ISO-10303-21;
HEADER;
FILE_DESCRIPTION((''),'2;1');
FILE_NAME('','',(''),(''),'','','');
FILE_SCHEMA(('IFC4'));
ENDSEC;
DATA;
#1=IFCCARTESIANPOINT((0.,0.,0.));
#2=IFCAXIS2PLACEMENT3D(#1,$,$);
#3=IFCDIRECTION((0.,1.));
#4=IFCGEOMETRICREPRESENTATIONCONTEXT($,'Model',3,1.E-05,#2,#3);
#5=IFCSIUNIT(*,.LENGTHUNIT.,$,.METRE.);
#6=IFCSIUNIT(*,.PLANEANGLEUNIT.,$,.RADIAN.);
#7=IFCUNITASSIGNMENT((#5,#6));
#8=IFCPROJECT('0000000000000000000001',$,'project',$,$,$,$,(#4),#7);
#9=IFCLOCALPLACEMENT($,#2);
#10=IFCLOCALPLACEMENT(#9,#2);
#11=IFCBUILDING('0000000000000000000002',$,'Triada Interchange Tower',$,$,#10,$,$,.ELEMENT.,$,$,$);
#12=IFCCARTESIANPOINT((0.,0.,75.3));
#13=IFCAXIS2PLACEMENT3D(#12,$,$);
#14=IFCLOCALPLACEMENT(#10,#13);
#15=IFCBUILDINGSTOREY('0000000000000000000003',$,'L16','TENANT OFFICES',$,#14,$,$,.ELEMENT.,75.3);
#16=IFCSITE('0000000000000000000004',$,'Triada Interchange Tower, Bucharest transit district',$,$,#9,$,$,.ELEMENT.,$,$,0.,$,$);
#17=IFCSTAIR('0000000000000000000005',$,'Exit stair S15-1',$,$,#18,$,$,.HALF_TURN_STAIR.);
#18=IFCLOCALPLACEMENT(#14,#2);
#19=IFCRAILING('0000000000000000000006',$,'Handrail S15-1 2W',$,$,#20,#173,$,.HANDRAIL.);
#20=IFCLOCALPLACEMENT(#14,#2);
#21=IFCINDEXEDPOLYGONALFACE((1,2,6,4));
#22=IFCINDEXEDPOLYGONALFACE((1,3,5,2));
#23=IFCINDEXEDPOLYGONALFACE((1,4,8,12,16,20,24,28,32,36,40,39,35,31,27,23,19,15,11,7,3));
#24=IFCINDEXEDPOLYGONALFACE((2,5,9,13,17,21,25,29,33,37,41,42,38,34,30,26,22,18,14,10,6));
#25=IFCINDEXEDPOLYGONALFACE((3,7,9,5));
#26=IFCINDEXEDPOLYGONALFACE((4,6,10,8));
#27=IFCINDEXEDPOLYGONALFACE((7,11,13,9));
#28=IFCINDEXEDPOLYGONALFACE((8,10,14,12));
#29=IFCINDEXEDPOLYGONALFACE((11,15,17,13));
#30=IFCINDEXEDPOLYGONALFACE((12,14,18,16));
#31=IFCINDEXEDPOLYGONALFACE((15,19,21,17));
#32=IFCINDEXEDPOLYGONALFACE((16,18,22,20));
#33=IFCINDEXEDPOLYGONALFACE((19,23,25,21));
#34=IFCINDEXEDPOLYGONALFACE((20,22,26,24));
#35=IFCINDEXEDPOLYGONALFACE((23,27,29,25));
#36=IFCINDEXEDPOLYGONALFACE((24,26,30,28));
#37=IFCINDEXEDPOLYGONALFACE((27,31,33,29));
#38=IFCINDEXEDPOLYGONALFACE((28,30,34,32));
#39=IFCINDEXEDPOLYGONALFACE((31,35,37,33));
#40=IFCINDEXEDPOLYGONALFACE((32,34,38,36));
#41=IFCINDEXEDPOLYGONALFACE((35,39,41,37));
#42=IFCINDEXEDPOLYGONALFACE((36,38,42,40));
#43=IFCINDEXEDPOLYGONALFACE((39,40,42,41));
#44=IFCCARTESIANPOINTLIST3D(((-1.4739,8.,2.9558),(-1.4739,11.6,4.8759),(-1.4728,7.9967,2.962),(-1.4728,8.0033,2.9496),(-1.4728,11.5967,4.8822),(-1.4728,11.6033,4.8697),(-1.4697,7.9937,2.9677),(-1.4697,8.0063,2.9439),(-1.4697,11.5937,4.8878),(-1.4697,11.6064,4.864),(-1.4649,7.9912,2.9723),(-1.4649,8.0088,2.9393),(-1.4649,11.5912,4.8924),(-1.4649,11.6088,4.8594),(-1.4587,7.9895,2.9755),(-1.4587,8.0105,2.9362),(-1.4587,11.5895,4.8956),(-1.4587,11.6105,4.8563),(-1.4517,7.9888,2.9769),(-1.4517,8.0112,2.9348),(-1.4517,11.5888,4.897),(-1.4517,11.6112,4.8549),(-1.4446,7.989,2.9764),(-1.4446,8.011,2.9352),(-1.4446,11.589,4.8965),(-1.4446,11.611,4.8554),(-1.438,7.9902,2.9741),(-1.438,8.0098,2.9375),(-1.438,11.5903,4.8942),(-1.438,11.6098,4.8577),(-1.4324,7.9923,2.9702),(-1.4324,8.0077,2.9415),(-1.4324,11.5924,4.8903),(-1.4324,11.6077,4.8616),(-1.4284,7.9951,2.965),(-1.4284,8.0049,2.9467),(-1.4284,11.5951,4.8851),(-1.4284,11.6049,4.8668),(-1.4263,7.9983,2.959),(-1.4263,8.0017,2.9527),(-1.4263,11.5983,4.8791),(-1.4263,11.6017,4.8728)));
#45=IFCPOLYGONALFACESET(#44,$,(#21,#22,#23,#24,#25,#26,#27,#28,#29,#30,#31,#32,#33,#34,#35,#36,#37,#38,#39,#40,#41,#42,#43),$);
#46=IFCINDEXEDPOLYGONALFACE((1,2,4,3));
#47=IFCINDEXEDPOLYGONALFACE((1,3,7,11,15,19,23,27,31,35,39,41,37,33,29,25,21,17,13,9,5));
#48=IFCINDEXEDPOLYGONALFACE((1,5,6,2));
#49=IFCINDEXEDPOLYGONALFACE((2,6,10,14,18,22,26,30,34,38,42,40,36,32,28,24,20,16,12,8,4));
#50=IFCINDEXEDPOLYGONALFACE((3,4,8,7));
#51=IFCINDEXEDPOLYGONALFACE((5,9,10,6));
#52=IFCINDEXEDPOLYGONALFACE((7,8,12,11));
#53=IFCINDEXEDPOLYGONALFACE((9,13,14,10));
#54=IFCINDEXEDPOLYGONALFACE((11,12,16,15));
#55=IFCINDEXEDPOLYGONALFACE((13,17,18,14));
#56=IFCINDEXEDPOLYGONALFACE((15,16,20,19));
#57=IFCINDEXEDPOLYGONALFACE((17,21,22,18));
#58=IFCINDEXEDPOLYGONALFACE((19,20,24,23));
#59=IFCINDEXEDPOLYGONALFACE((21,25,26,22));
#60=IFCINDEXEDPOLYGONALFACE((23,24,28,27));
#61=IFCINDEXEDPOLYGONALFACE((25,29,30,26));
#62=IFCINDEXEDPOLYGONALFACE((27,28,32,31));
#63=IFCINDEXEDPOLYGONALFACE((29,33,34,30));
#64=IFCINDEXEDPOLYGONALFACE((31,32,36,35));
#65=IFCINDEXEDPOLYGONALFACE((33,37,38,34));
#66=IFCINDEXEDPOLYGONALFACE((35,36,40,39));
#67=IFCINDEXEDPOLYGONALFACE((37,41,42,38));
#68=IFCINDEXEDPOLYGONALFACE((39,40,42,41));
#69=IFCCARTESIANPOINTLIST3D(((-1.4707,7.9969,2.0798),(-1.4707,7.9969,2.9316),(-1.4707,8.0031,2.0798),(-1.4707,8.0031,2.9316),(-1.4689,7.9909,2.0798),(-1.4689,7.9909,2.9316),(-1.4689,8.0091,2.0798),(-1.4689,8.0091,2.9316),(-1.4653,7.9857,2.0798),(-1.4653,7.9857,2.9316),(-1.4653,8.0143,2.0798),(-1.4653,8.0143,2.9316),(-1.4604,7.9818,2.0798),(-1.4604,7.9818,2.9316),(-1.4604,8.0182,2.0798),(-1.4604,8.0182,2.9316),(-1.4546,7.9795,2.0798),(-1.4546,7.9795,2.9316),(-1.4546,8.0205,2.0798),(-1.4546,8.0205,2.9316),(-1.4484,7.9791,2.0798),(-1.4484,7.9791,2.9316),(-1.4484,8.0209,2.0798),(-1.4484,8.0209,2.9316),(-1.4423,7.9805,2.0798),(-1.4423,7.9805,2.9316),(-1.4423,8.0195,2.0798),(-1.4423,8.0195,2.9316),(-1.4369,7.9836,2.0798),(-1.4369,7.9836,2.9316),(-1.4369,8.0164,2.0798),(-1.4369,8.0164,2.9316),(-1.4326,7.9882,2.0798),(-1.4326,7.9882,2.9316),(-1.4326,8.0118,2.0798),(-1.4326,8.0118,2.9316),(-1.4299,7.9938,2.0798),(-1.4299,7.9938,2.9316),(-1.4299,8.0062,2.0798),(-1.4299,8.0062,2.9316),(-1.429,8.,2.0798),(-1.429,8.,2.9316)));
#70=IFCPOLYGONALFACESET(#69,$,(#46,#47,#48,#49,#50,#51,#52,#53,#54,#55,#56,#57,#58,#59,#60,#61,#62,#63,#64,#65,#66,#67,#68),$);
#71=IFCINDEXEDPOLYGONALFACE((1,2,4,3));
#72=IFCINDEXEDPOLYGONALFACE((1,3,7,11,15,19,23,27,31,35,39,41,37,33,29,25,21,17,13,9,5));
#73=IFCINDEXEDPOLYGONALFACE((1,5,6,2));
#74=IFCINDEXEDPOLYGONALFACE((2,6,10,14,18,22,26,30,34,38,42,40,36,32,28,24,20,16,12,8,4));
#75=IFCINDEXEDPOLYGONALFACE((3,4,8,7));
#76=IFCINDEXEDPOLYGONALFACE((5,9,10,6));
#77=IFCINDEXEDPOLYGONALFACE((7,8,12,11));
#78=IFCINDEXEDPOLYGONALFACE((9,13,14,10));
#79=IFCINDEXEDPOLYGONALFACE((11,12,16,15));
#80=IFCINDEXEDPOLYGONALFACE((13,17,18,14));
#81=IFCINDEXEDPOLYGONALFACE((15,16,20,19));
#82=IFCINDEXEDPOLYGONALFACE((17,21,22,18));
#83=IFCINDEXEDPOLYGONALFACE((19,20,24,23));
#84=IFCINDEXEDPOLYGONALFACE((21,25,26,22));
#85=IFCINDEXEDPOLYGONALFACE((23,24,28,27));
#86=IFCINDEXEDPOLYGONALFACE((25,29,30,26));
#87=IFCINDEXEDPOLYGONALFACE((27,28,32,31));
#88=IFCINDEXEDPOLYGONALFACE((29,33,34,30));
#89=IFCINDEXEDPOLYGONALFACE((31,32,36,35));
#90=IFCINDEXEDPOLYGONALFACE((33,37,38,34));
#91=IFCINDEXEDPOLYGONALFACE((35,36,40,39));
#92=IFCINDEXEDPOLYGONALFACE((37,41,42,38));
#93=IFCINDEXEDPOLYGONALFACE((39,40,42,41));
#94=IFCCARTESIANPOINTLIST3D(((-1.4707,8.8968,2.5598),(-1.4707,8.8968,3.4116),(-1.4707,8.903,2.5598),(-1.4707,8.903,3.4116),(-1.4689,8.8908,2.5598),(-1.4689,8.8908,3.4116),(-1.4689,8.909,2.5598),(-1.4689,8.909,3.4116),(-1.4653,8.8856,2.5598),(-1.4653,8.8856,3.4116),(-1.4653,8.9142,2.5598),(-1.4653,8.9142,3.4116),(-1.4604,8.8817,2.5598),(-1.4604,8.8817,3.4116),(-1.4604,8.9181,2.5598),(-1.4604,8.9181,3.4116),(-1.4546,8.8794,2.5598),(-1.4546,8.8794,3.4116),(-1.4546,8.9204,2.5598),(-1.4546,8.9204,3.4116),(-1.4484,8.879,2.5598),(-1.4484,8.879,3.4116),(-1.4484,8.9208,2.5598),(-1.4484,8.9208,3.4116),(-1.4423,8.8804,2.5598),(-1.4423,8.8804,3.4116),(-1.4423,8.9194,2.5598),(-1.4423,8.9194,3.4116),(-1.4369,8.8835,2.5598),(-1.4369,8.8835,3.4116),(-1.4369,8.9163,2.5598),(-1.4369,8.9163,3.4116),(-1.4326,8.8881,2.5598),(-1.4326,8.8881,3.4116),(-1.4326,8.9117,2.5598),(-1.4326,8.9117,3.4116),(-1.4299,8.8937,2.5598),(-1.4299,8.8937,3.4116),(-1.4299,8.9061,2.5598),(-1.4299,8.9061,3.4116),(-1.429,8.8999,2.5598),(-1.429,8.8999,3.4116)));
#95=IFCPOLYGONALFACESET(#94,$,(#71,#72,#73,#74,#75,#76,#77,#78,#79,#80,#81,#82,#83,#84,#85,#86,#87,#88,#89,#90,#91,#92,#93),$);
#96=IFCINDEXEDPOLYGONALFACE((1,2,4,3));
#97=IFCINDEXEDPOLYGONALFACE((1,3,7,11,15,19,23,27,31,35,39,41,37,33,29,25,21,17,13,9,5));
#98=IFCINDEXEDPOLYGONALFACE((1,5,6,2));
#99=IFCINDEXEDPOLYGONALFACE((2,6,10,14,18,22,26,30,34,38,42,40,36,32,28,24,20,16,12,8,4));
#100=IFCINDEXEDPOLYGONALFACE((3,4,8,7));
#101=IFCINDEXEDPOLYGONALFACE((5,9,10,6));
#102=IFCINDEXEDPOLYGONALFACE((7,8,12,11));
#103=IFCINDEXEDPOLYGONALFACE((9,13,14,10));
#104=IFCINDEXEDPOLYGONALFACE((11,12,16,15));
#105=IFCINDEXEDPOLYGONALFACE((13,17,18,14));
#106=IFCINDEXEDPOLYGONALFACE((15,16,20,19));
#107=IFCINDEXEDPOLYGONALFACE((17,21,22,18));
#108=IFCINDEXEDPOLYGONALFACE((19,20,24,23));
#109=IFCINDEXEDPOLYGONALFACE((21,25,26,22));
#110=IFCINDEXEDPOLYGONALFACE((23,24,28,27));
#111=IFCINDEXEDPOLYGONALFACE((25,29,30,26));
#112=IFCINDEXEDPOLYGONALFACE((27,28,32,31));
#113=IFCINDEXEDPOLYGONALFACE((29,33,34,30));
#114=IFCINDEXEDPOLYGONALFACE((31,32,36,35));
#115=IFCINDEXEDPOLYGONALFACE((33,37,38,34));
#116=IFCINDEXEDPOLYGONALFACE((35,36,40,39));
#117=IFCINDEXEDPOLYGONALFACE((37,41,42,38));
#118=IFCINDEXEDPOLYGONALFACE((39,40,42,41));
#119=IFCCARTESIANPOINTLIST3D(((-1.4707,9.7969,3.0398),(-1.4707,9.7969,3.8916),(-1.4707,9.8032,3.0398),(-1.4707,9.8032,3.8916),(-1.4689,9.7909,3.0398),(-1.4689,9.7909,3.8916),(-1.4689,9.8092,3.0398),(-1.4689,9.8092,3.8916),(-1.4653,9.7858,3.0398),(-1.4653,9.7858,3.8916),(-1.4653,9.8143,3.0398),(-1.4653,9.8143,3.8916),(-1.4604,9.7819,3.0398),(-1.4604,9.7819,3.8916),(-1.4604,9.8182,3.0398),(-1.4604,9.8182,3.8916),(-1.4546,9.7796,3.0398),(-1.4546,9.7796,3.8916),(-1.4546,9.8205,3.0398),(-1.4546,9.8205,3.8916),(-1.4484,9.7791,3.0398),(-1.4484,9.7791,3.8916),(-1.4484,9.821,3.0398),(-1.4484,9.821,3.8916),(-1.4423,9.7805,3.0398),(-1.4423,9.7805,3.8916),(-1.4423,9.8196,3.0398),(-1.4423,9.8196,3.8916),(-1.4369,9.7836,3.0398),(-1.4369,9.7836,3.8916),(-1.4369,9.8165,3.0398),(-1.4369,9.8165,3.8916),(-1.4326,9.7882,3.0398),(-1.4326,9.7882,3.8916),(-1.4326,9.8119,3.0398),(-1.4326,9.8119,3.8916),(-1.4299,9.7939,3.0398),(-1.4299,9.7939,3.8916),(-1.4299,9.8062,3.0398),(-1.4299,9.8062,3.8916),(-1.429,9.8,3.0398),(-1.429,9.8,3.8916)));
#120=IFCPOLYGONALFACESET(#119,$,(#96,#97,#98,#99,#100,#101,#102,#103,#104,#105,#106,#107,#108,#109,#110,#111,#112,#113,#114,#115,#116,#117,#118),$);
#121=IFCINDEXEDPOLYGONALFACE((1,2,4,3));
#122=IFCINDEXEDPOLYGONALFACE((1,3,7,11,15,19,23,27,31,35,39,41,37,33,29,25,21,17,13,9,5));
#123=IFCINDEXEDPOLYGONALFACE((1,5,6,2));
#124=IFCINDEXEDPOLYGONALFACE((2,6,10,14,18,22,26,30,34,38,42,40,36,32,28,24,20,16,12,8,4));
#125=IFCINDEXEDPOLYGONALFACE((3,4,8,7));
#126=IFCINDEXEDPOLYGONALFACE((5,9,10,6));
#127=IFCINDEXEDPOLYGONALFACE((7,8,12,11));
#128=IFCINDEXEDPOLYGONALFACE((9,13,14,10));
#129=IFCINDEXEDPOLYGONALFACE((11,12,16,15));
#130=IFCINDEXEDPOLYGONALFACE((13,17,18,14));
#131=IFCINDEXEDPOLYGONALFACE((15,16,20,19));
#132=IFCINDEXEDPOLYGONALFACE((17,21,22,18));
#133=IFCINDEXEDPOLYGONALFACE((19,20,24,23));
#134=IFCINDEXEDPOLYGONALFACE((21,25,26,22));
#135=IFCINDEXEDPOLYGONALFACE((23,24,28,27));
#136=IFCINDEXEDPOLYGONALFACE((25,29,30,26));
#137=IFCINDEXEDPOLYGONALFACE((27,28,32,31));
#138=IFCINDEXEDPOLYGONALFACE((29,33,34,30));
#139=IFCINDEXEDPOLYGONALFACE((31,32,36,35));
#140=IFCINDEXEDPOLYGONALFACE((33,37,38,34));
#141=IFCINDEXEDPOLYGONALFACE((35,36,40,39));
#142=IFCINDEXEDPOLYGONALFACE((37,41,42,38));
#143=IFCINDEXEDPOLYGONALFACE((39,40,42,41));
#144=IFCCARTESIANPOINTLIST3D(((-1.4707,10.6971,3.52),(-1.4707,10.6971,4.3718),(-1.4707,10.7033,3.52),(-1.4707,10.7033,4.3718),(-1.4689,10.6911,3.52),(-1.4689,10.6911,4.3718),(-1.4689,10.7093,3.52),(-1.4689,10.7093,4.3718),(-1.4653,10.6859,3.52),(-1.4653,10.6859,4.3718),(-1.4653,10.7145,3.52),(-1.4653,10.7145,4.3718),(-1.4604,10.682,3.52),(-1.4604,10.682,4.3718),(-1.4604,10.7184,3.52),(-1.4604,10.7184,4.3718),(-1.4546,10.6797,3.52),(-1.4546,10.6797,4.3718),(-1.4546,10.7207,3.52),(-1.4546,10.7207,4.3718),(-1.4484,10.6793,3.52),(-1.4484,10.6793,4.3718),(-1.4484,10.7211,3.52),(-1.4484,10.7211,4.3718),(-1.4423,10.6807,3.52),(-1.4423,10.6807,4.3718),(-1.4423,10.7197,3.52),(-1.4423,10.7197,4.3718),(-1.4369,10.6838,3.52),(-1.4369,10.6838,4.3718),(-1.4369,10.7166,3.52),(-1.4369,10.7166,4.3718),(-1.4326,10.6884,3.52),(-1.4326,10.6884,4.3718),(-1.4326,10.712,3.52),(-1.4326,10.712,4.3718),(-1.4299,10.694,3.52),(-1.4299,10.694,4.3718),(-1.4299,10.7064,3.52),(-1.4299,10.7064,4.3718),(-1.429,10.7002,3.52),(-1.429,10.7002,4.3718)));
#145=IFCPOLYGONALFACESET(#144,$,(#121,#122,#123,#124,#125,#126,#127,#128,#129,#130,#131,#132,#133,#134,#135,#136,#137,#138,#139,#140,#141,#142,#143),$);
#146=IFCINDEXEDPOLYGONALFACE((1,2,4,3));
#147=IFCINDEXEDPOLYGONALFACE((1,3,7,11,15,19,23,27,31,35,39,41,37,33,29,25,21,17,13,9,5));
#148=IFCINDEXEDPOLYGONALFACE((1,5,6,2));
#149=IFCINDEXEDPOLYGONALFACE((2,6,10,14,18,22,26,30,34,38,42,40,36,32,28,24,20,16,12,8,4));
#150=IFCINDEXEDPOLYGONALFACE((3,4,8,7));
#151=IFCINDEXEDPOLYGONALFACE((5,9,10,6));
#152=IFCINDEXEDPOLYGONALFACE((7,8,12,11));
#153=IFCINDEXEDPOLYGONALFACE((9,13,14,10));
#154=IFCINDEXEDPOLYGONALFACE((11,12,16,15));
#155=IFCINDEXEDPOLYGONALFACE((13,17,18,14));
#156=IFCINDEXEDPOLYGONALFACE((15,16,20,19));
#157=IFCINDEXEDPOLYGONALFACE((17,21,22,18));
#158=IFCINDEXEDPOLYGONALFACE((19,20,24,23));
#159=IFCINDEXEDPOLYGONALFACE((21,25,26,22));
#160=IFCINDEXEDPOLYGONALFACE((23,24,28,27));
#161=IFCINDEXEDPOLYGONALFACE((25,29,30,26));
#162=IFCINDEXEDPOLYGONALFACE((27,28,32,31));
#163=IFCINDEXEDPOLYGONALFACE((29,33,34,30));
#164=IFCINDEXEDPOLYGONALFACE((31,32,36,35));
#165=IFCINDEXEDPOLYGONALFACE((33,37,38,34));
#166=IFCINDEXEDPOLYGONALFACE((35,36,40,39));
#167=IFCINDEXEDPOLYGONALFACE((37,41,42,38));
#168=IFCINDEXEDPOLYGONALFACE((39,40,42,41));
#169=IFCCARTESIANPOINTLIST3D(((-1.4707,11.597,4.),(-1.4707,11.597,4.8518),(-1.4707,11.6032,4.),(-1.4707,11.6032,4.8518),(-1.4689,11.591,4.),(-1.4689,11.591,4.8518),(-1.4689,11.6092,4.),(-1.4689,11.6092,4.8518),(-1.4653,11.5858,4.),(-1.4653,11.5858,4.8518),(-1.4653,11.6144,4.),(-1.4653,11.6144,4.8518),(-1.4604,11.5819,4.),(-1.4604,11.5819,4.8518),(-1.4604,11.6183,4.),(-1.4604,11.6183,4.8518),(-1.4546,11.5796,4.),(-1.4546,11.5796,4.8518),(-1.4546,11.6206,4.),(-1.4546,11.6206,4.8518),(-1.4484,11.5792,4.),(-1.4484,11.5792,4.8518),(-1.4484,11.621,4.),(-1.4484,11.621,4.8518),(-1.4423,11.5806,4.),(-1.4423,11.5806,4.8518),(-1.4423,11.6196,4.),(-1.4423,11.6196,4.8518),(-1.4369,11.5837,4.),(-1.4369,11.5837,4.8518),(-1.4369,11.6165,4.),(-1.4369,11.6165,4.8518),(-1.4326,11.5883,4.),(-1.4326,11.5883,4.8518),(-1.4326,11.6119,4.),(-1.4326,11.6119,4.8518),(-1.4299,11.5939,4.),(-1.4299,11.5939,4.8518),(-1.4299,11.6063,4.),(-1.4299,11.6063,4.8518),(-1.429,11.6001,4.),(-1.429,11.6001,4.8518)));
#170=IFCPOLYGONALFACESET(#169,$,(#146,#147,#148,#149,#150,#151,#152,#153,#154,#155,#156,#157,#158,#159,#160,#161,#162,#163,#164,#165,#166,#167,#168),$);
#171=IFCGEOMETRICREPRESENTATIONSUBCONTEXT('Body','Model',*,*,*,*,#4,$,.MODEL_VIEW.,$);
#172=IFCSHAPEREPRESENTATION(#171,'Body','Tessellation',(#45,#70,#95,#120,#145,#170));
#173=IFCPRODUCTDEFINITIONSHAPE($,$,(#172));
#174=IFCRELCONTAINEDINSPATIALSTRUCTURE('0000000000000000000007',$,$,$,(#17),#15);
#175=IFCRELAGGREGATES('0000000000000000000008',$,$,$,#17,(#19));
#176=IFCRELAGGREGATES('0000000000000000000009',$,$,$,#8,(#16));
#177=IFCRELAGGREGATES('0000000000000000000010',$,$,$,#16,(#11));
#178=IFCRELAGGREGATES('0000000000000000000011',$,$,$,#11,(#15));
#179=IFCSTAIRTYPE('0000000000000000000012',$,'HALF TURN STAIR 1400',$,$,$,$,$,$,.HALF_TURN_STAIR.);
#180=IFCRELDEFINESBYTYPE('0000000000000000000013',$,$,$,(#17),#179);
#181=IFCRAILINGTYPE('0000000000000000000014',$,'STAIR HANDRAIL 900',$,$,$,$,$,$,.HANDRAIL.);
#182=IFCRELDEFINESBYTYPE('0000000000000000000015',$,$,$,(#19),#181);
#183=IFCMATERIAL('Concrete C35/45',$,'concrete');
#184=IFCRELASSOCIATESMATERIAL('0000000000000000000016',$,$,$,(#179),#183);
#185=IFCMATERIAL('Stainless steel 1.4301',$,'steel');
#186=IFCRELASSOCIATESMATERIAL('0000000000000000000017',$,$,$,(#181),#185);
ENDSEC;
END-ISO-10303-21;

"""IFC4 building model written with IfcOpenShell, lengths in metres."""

from ifc_helpers import new_model, si_unit, direction, frame, origin, origin_2d, place, context, subcontext, project, spatial, circle, extrude, material, type_object, element, aggregate, save


model = new_model("IFC4")

# Units and contexts
model_context = context("Model", 3, precision=1e-05, world=origin(), true_north=direction((0.0, 1.0)))
body_context = subcontext(model_context, "Body", "Model", "MODEL_VIEW")
ifc_project = project(units=[si_unit("LENGTHUNIT", "METRE"), si_unit("PLANEANGLEUNIT", "RADIAN")], contexts=[model_context])

# Site, building, storey
site_placement = place(None, origin())
site = spatial("IfcSite", under=ifc_project, at=site_placement, Name="Triada Interchange Tower, Bucharest transit district", CompositionType="ELEMENT", RefElevation=0.0)
building_placement = place(site_placement, origin())
building = spatial("IfcBuilding", under=site, at=building_placement, Name="Triada Interchange Tower", CompositionType="ELEMENT")
storey_placement = place(building_placement, frame((0.0, 0.0, 75.3)))
storey = spatial("IfcBuildingStorey", under=building, at=storey_placement, Name="L16", Description="TENANT OFFICES", CompositionType="ELEMENT", Elevation=75.3)

# Stair, railing
ifc_material_1 = material(Name="Concrete C35/45", Category="concrete")
stair_type = type_object("IfcStairType", Name="HALF TURN STAIR 1400", PredefinedType="HALF_TURN_STAIR", material=ifc_material_1)
stair_placement = place(storey_placement, origin())
stair = element("IfcStair", 1, at=stair_placement, inside=storey, type_object=stair_type, Name="Exit stair S15-1", PredefinedType="HALF_TURN_STAIR")
ifc_material_2 = material(Name="Stainless steel 1.4301", Category="steel")
railing_type = type_object("IfcRailingType", Name="STAIR HANDRAIL 900", PredefinedType="HANDRAIL", material=ifc_material_2)
railing_placement = place(storey_placement, frame((-1.45, 8.0, 2.0798)))
railing = element("IfcRailing", 2, at=railing_placement, type_object=railing_type, Name="Handrail S15-1 2W", PredefinedType="HANDRAIL", context=body_context, shape_type="SweptSolid", body=[
    extrude(circle(Radius=0.0239, at=origin_2d()), frame((0.0, 0.0, 0.876), z_axis=(0.0, 0.882341, 0.47061), x_axis=(-1.0, 0.0, 0.0)), (0.0, 0.0, 1.0), 4.0801),
    extrude(circle(Radius=0.021, at=origin_2d()), origin(), (0.0, 0.0, 1.0), 0.8518),
    extrude(circle(Radius=0.021, at=origin_2d()), frame((0.0, 0.8999, 0.48)), (0.0, 0.0, 1.0), 0.8518),
    extrude(circle(Radius=0.021, at=origin_2d()), frame((0.0, 1.8, 0.96)), (0.0, 0.0, 1.0), 0.8518),
    extrude(circle(Radius=0.021, at=origin_2d()), frame((0.0, 2.7002, 1.4402)), (0.0, 0.0, 1.0), 0.8518),
    extrude(circle(Radius=0.021, at=origin_2d()), frame((0.0, 3.6001, 1.9202)), (0.0, 0.0, 1.0), 0.8518),
])
aggregate(stair, [railing])

save(model, "model.ifc")
